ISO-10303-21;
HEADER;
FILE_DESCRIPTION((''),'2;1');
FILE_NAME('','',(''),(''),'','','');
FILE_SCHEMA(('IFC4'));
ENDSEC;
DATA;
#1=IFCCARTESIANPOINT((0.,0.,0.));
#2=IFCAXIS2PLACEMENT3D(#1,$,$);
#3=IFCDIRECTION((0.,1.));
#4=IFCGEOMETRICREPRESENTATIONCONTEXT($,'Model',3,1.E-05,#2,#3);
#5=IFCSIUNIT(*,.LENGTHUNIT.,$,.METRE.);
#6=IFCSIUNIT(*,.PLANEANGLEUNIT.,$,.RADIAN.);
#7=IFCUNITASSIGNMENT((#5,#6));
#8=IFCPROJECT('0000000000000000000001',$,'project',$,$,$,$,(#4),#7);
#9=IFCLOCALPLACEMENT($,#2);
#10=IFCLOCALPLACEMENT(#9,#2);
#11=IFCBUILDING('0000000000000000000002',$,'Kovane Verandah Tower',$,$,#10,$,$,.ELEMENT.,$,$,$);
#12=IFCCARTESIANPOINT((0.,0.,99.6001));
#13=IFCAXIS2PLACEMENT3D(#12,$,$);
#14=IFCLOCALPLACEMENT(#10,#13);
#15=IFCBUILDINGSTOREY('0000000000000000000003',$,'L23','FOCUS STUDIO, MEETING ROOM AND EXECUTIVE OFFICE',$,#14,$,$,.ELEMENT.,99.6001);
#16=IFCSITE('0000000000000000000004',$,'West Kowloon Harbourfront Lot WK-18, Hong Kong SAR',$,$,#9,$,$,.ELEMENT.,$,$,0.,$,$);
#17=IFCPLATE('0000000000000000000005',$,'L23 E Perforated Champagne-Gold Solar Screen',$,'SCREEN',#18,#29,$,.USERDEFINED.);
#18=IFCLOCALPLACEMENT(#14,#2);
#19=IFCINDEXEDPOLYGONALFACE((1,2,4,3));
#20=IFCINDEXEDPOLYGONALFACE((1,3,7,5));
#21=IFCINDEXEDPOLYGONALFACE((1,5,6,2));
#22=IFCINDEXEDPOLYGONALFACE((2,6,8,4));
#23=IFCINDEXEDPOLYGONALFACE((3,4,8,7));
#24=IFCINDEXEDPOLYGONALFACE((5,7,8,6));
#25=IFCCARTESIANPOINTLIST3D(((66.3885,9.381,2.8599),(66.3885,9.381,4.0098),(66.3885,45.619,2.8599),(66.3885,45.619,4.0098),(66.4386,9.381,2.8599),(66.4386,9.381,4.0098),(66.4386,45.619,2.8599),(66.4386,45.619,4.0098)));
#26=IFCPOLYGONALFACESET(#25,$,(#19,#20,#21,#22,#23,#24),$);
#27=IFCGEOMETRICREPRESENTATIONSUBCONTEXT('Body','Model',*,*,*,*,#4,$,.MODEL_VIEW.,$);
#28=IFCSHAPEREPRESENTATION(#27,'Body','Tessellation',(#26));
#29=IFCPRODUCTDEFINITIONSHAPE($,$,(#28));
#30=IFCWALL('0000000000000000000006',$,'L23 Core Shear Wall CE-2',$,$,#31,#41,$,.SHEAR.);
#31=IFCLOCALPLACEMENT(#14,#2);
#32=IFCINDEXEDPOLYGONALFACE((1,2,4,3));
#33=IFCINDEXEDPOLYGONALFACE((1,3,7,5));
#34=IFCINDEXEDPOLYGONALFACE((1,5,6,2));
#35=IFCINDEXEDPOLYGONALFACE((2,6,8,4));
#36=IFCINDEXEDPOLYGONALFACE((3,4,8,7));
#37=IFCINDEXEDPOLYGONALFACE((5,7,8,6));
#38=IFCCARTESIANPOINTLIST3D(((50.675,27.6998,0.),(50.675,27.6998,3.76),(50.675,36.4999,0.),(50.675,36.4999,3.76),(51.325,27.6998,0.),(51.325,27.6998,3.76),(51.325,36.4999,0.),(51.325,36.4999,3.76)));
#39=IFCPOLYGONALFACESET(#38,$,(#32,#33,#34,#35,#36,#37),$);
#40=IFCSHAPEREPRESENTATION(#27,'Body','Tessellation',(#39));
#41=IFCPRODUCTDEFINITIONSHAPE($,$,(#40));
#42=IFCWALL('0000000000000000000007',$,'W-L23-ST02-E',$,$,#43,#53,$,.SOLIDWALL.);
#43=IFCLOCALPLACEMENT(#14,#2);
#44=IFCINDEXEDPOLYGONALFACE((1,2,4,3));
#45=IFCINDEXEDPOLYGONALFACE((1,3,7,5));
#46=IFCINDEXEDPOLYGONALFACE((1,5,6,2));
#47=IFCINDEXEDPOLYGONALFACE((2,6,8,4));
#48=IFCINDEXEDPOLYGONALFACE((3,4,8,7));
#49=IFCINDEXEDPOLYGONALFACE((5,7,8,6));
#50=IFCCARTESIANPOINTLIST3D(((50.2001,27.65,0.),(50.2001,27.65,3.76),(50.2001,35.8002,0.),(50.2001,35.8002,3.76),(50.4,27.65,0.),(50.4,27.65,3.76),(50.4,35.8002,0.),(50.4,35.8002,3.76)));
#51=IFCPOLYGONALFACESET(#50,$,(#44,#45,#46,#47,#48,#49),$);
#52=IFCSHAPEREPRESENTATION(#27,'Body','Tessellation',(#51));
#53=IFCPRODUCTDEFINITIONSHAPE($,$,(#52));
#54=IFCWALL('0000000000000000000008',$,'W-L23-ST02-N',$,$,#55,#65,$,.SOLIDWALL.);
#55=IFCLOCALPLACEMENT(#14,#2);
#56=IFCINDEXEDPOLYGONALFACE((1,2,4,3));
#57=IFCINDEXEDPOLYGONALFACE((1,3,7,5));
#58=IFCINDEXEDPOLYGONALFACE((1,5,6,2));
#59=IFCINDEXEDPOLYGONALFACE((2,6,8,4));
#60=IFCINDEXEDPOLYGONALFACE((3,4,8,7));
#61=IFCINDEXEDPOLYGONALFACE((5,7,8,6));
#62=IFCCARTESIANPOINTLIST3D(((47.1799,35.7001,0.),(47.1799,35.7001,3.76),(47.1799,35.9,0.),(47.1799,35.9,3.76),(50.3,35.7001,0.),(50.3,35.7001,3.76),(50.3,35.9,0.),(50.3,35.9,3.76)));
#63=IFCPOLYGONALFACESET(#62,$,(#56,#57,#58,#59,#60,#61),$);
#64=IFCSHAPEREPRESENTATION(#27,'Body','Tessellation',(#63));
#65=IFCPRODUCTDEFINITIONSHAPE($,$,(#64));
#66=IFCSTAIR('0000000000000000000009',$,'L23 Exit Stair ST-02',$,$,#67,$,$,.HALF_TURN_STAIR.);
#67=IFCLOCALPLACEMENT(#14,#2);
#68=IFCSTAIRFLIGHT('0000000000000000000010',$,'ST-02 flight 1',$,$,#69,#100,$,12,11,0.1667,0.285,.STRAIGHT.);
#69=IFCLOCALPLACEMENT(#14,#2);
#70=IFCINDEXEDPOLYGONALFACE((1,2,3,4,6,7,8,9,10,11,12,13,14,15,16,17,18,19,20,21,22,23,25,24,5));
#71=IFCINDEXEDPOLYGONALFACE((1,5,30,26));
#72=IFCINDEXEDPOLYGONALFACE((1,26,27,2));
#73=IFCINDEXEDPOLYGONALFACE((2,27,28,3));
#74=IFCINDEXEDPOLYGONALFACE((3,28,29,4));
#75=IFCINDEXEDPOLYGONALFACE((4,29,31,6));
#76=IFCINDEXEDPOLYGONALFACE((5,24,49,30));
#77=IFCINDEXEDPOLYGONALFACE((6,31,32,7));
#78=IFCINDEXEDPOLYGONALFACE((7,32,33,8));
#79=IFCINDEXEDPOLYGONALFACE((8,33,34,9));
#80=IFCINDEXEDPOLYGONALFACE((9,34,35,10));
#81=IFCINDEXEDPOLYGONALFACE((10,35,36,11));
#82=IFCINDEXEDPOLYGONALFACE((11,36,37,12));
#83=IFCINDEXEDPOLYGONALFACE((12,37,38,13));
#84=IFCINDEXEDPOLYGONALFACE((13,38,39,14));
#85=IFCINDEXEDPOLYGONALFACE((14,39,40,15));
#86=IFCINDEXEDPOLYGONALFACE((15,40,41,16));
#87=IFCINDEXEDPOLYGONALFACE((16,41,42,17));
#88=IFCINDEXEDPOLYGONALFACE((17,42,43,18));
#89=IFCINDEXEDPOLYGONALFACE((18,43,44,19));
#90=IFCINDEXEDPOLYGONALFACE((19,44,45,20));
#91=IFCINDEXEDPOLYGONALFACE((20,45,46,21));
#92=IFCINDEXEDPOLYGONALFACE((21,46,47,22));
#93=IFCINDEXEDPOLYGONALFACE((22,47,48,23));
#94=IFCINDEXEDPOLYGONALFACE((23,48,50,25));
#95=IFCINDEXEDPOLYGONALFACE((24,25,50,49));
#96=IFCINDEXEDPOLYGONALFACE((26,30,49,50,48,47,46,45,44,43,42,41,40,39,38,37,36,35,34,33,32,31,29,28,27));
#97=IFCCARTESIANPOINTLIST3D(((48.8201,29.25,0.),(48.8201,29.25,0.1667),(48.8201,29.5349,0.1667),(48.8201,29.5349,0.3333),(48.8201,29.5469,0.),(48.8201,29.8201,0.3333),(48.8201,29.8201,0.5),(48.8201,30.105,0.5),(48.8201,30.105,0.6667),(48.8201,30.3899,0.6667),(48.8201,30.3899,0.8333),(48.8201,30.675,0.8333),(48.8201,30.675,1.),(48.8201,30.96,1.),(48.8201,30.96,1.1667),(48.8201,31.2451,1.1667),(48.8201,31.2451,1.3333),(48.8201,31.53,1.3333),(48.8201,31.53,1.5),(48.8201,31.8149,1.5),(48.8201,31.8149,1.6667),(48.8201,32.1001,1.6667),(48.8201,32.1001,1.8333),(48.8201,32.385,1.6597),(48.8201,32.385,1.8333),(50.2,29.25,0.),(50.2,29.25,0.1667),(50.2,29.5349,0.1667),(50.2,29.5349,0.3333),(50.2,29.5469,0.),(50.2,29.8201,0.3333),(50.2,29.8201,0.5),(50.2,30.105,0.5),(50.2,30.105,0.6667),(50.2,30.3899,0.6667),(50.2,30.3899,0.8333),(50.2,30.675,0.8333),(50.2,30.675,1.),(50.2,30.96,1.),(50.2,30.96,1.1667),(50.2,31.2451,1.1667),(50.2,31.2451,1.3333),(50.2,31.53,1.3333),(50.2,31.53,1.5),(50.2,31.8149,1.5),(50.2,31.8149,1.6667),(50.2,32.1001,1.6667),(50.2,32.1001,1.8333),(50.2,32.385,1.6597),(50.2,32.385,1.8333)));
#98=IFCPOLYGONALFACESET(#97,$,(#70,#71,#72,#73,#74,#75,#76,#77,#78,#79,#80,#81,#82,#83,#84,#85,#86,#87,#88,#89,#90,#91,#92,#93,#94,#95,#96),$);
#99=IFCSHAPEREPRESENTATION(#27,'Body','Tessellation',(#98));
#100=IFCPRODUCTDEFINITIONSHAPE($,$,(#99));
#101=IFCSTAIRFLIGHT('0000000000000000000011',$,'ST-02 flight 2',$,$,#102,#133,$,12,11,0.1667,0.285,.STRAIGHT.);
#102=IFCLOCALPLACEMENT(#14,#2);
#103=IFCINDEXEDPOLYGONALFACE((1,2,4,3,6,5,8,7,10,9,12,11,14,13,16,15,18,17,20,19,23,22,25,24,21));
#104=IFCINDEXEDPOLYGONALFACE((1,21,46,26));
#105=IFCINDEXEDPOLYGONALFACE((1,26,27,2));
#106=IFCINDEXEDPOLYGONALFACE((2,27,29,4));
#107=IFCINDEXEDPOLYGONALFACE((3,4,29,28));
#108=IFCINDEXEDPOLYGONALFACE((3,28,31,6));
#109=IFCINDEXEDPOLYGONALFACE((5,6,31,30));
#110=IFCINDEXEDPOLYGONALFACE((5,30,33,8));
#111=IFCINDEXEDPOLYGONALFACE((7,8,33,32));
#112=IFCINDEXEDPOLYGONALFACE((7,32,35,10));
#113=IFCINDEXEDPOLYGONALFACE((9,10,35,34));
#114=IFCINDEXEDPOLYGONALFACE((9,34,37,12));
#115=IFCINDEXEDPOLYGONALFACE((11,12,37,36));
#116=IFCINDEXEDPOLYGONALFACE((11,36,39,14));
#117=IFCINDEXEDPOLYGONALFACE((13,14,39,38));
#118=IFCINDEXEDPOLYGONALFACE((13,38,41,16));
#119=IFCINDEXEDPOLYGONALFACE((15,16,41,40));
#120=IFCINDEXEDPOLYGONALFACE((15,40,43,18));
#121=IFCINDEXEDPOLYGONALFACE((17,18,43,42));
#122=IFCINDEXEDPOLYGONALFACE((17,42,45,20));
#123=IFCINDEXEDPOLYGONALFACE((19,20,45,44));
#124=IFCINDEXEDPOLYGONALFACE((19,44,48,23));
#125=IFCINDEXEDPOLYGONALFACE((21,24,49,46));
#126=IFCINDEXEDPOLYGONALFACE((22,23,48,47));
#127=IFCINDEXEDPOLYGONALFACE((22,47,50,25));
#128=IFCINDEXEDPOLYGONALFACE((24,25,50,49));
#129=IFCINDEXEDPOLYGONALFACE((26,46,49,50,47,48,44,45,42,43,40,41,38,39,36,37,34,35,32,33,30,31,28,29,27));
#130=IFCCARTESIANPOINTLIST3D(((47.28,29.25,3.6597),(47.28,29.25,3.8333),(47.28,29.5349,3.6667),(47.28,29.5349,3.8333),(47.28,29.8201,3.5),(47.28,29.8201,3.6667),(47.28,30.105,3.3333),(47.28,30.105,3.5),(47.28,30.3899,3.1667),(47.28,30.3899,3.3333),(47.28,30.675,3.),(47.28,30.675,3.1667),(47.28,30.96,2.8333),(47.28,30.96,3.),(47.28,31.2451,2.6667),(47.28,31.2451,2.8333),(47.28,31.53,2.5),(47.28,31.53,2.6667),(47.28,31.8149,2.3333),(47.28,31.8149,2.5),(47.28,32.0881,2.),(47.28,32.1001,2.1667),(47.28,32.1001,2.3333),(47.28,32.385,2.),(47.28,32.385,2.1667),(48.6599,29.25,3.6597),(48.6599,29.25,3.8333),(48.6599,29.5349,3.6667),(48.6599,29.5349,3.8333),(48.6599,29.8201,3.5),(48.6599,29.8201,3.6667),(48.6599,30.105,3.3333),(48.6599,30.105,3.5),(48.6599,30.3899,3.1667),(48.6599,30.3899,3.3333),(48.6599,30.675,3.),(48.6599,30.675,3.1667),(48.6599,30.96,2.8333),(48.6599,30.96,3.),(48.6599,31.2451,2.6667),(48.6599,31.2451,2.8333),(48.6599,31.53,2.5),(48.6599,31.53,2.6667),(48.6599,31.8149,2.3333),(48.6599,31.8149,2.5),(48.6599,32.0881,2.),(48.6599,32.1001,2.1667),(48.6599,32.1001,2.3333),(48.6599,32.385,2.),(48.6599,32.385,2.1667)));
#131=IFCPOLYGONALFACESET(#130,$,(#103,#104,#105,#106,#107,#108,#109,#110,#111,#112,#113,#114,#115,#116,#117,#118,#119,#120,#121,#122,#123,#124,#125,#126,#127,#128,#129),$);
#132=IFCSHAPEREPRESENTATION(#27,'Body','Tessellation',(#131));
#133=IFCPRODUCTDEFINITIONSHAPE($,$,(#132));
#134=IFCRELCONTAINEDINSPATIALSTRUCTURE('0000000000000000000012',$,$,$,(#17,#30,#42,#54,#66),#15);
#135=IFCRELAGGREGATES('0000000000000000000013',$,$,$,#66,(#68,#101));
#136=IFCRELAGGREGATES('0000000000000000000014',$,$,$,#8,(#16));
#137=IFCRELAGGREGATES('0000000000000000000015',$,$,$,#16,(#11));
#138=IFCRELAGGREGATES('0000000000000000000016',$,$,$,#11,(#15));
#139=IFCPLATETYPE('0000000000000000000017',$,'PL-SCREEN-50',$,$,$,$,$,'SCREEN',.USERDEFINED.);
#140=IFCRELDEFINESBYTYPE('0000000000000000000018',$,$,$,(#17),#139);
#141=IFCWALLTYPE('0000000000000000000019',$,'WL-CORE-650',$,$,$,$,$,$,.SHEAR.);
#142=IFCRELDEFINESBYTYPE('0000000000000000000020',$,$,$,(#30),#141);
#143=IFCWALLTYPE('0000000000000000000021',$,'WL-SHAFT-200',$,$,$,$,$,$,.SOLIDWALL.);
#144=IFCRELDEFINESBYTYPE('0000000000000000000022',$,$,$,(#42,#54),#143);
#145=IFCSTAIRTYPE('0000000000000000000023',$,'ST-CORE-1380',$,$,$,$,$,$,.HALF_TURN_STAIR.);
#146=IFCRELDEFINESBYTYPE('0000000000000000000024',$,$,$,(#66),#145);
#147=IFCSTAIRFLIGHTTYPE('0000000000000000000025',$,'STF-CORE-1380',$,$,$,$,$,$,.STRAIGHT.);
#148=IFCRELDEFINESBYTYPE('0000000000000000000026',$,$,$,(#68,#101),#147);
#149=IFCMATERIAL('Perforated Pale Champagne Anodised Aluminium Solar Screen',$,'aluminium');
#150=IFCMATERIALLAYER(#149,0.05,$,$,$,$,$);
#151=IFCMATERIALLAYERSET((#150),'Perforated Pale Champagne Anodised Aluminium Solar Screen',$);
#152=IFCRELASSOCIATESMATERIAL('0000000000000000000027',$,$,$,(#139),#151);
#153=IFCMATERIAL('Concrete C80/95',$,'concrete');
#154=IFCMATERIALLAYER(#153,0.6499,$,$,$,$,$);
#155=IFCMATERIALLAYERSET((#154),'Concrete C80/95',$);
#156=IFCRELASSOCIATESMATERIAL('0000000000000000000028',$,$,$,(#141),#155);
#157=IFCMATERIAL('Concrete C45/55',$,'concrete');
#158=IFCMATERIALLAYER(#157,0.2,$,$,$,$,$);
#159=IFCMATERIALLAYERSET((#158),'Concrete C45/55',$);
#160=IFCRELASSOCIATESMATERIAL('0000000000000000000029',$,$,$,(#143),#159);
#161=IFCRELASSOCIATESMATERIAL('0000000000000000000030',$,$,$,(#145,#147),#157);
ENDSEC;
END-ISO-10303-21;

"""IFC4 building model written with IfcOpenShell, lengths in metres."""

from ifc_helpers import new_model, si_unit, direction, frame, frame_2d, origin, origin_2d, place, context, subcontext, project, spatial, polyline, rectangle, outline, extrude, material, layer, layer_set, type_object, element, aggregate, save


model = new_model("IFC4")

# Units and contexts
model_context = context("Model", 3, precision=1e-05, world=origin(), true_north=direction((0.0, 1.0)))
body_context = subcontext(model_context, "Body", "Model", "MODEL_VIEW")
ifc_project = project(units=[si_unit("LENGTHUNIT", "METRE"), si_unit("PLANEANGLEUNIT", "RADIAN")], contexts=[model_context])

# Site, building, storey
site_placement = place(None, origin())
site = spatial("IfcSite", under=ifc_project, at=site_placement, Name="West Kowloon Harbourfront Lot WK-18, Hong Kong SAR", CompositionType="ELEMENT", RefElevation=0.0)
building_placement = place(site_placement, origin())
building = spatial("IfcBuilding", under=site, at=building_placement, Name="Kovane Verandah Tower", CompositionType="ELEMENT")
storey_placement = place(building_placement, frame((0.0, 0.0, 99.6001)))
storey = spatial("IfcBuildingStorey", under=building, at=storey_placement, Name="L23", Description="FOCUS STUDIO, MEETING ROOM AND EXECUTIVE OFFICE", CompositionType="ELEMENT", Elevation=99.6001)

# Shared definitions
ifc_material_1 = material(Name="Concrete C80/95", Category="concrete")

# Plate
ifc_material_2 = material(Name="Perforated Pale Champagne Anodised Aluminium Solar Screen", Category="aluminium")
ifc_layer_1 = layer(ifc_material_2, 0.05)
ifc_layer_set_1 = layer_set([ifc_layer_1], Name="Perforated Pale Champagne Anodised Aluminium Solar Screen")
plate_type = type_object("IfcPlateType", Name="PL-SCREEN-50", ElementType="SCREEN", PredefinedType="USERDEFINED", material=ifc_layer_set_1)
plate_placement = place(storey_placement, frame((66.4136, 27.5, 2.8599), z_axis=(0.0, 0.0, 1.0), x_axis=(0.0, 1.0, 0.0)))
element("IfcPlate", 1, at=plate_placement, inside=storey, type_object=plate_type, Name="L23 E Perforated Champagne-Gold Solar Screen", ObjectType="SCREEN", PredefinedType="USERDEFINED", context=body_context, shape_type="SweptSolid", body=[
    extrude(rectangle(XDim=36.238, YDim=0.05, at=origin_2d()), origin(), (0.0, 0.0, 1.0), 1.1499),
])

# Walls
ifc_layer_2 = layer(ifc_material_1, 0.6499)
ifc_layer_set_2 = layer_set([ifc_layer_2], Name="Concrete C80/95")
wall_type_1 = type_object("IfcWallType", Name="WL-CORE-650", PredefinedType="SHEAR", material=ifc_layer_set_2)
wall_1_placement = place(storey_placement, frame((51.0, 27.7, 0.0), z_axis=(0.0, 0.0, 1.0), x_axis=(0.0, 1.0, 0.0)))
element("IfcWall", 2, at=wall_1_placement, inside=storey, type_object=wall_type_1, Name="L23 Core Shear Wall CE-2", PredefinedType="SHEAR", context=body_context, shape_type="SweptSolid", body=[
    extrude(rectangle(XDim=8.8, YDim=0.6499, at=frame_2d((4.3999, 0.0))), origin(), (0.0, 0.0, 1.0), 3.76),
])
ifc_material_3 = material(Name="Concrete C45/55", Category="concrete")
ifc_layer_3 = layer(ifc_material_3, 0.2)
ifc_layer_set_3 = layer_set([ifc_layer_3], Name="Concrete C45/55")
wall_type_2 = type_object("IfcWallType", Name="WL-SHAFT-200", PredefinedType="SOLIDWALL", material=ifc_layer_set_3)
wall_2_placement = place(storey_placement, frame((50.3, 27.6499, 0.0), z_axis=(0.0, 0.0, 1.0), x_axis=(0.0, 1.0, 0.0)))
element("IfcWall", 3, at=wall_2_placement, inside=storey, type_object=wall_type_2, Name="W-L23-ST02-E", PredefinedType="SOLIDWALL", context=body_context, shape_type="SweptSolid", body=[
    extrude(rectangle(XDim=8.1501, YDim=0.2, at=frame_2d((4.0752, 0.0))), origin(), (0.0, 0.0, 1.0), 3.76),
])
wall_3_placement = place(storey_placement, frame((47.1799, 35.8, 0.0), z_axis=(0.0, 0.0, 1.0), x_axis=(1.0, 0.0, 0.0)))
element("IfcWall", 4, at=wall_3_placement, inside=storey, type_object=wall_type_2, Name="W-L23-ST02-N", PredefinedType="SOLIDWALL", context=body_context, shape_type="SweptSolid", body=[
    extrude(rectangle(XDim=3.1201, YDim=0.2, at=frame_2d((1.5601, 0.0))), origin(), (0.0, 0.0, 1.0), 3.76),
])

# Stair, stair flights
stair_type = type_object("IfcStairType", Name="ST-CORE-1380", PredefinedType="HALF_TURN_STAIR", material=ifc_material_3)
stair_placement = place(storey_placement, origin())
stair = element("IfcStair", 5, at=stair_placement, inside=storey, type_object=stair_type, Name="L23 Exit Stair ST-02", PredefinedType="HALF_TURN_STAIR")
stair_flight_type = type_object("IfcStairFlightType", Name="STF-CORE-1380", PredefinedType="STRAIGHT", material=ifc_material_3)
stair_flight_1_placement = place(storey_placement, frame((49.51, 29.25, 0.0), z_axis=(0.0, 0.0, 1.0), x_axis=(0.0, 1.0, 0.0)))
stair_flight_1 = element("IfcStairFlight", 6, at=stair_flight_1_placement, type_object=stair_flight_type, Name="ST-02 flight 1", NumberOfRisers=12, NumberOfTreads=11, PredefinedType="STRAIGHT", RiserHeight=0.1667, TreadLength=0.285, context=body_context, shape_type="SweptSolid", body=[
    extrude(outline(polyline([(0.0, 0.0), (0.0, 0.1667), (0.2849, 0.1667), (0.2849, 0.3333), (0.5701, 0.3333), (0.5701, 0.5), (0.855, 0.5), (0.855, 0.6667), (1.1399, 0.6667), (1.1399, 0.8333), (1.425, 0.8333), (1.425, 1.0), (1.71, 1.0), (1.71, 1.1667), (1.9951, 1.1667), (1.9951, 1.3333), (2.28, 1.3333), (2.28, 1.5), (2.5649, 1.5), (2.5649, 1.6667), (2.8501, 1.6667), (2.8501, 1.8333), (3.135, 1.8333), (3.135, 2.0), (3.135, 1.6597), (0.2969, 0.0), (0.0, 0.0)])), frame((0.0, 0.6899, 0.0), z_axis=(0.0, -1.0, 0.0), x_axis=(1.0, 0.0, 0.0)), (0.0, 0.0, 1.0), 1.3799),
])
stair_flight_2_placement = place(storey_placement, frame((47.97, 32.385, 2.0), z_axis=(0.0, 0.0, 1.0), x_axis=(0.0, -1.0, 0.0)))
stair_flight_2 = element("IfcStairFlight", 7, at=stair_flight_2_placement, type_object=stair_flight_type, Name="ST-02 flight 2", NumberOfRisers=12, NumberOfTreads=11, PredefinedType="STRAIGHT", RiserHeight=0.1667, TreadLength=0.285, context=body_context, shape_type="SweptSolid", body=[
    extrude(outline(polyline([(0.0, 0.0), (0.0, 0.1667), (0.2849, 0.1667), (0.2849, 0.3333), (0.5701, 0.3333), (0.5701, 0.5), (0.855, 0.5), (0.855, 0.6667), (1.1399, 0.6667), (1.1399, 0.8333), (1.425, 0.8333), (1.425, 1.0), (1.71, 1.0), (1.71, 1.1667), (1.9951, 1.1667), (1.9951, 1.3333), (2.28, 1.3333), (2.28, 1.5), (2.5649, 1.5), (2.5649, 1.6667), (2.8501, 1.6667), (2.8501, 1.8333), (3.135, 1.8333), (3.135, 2.0), (3.135, 1.6597), (0.2969, 0.0), (0.0, 0.0)])), frame((0.0, 0.6899, 0.0), z_axis=(0.0, -1.0, 0.0), x_axis=(1.0, 0.0, 0.0)), (0.0, 0.0, 1.0), 1.3799),
])
aggregate(stair, [stair_flight_1, stair_flight_2])

save(model, "model.ifc")
